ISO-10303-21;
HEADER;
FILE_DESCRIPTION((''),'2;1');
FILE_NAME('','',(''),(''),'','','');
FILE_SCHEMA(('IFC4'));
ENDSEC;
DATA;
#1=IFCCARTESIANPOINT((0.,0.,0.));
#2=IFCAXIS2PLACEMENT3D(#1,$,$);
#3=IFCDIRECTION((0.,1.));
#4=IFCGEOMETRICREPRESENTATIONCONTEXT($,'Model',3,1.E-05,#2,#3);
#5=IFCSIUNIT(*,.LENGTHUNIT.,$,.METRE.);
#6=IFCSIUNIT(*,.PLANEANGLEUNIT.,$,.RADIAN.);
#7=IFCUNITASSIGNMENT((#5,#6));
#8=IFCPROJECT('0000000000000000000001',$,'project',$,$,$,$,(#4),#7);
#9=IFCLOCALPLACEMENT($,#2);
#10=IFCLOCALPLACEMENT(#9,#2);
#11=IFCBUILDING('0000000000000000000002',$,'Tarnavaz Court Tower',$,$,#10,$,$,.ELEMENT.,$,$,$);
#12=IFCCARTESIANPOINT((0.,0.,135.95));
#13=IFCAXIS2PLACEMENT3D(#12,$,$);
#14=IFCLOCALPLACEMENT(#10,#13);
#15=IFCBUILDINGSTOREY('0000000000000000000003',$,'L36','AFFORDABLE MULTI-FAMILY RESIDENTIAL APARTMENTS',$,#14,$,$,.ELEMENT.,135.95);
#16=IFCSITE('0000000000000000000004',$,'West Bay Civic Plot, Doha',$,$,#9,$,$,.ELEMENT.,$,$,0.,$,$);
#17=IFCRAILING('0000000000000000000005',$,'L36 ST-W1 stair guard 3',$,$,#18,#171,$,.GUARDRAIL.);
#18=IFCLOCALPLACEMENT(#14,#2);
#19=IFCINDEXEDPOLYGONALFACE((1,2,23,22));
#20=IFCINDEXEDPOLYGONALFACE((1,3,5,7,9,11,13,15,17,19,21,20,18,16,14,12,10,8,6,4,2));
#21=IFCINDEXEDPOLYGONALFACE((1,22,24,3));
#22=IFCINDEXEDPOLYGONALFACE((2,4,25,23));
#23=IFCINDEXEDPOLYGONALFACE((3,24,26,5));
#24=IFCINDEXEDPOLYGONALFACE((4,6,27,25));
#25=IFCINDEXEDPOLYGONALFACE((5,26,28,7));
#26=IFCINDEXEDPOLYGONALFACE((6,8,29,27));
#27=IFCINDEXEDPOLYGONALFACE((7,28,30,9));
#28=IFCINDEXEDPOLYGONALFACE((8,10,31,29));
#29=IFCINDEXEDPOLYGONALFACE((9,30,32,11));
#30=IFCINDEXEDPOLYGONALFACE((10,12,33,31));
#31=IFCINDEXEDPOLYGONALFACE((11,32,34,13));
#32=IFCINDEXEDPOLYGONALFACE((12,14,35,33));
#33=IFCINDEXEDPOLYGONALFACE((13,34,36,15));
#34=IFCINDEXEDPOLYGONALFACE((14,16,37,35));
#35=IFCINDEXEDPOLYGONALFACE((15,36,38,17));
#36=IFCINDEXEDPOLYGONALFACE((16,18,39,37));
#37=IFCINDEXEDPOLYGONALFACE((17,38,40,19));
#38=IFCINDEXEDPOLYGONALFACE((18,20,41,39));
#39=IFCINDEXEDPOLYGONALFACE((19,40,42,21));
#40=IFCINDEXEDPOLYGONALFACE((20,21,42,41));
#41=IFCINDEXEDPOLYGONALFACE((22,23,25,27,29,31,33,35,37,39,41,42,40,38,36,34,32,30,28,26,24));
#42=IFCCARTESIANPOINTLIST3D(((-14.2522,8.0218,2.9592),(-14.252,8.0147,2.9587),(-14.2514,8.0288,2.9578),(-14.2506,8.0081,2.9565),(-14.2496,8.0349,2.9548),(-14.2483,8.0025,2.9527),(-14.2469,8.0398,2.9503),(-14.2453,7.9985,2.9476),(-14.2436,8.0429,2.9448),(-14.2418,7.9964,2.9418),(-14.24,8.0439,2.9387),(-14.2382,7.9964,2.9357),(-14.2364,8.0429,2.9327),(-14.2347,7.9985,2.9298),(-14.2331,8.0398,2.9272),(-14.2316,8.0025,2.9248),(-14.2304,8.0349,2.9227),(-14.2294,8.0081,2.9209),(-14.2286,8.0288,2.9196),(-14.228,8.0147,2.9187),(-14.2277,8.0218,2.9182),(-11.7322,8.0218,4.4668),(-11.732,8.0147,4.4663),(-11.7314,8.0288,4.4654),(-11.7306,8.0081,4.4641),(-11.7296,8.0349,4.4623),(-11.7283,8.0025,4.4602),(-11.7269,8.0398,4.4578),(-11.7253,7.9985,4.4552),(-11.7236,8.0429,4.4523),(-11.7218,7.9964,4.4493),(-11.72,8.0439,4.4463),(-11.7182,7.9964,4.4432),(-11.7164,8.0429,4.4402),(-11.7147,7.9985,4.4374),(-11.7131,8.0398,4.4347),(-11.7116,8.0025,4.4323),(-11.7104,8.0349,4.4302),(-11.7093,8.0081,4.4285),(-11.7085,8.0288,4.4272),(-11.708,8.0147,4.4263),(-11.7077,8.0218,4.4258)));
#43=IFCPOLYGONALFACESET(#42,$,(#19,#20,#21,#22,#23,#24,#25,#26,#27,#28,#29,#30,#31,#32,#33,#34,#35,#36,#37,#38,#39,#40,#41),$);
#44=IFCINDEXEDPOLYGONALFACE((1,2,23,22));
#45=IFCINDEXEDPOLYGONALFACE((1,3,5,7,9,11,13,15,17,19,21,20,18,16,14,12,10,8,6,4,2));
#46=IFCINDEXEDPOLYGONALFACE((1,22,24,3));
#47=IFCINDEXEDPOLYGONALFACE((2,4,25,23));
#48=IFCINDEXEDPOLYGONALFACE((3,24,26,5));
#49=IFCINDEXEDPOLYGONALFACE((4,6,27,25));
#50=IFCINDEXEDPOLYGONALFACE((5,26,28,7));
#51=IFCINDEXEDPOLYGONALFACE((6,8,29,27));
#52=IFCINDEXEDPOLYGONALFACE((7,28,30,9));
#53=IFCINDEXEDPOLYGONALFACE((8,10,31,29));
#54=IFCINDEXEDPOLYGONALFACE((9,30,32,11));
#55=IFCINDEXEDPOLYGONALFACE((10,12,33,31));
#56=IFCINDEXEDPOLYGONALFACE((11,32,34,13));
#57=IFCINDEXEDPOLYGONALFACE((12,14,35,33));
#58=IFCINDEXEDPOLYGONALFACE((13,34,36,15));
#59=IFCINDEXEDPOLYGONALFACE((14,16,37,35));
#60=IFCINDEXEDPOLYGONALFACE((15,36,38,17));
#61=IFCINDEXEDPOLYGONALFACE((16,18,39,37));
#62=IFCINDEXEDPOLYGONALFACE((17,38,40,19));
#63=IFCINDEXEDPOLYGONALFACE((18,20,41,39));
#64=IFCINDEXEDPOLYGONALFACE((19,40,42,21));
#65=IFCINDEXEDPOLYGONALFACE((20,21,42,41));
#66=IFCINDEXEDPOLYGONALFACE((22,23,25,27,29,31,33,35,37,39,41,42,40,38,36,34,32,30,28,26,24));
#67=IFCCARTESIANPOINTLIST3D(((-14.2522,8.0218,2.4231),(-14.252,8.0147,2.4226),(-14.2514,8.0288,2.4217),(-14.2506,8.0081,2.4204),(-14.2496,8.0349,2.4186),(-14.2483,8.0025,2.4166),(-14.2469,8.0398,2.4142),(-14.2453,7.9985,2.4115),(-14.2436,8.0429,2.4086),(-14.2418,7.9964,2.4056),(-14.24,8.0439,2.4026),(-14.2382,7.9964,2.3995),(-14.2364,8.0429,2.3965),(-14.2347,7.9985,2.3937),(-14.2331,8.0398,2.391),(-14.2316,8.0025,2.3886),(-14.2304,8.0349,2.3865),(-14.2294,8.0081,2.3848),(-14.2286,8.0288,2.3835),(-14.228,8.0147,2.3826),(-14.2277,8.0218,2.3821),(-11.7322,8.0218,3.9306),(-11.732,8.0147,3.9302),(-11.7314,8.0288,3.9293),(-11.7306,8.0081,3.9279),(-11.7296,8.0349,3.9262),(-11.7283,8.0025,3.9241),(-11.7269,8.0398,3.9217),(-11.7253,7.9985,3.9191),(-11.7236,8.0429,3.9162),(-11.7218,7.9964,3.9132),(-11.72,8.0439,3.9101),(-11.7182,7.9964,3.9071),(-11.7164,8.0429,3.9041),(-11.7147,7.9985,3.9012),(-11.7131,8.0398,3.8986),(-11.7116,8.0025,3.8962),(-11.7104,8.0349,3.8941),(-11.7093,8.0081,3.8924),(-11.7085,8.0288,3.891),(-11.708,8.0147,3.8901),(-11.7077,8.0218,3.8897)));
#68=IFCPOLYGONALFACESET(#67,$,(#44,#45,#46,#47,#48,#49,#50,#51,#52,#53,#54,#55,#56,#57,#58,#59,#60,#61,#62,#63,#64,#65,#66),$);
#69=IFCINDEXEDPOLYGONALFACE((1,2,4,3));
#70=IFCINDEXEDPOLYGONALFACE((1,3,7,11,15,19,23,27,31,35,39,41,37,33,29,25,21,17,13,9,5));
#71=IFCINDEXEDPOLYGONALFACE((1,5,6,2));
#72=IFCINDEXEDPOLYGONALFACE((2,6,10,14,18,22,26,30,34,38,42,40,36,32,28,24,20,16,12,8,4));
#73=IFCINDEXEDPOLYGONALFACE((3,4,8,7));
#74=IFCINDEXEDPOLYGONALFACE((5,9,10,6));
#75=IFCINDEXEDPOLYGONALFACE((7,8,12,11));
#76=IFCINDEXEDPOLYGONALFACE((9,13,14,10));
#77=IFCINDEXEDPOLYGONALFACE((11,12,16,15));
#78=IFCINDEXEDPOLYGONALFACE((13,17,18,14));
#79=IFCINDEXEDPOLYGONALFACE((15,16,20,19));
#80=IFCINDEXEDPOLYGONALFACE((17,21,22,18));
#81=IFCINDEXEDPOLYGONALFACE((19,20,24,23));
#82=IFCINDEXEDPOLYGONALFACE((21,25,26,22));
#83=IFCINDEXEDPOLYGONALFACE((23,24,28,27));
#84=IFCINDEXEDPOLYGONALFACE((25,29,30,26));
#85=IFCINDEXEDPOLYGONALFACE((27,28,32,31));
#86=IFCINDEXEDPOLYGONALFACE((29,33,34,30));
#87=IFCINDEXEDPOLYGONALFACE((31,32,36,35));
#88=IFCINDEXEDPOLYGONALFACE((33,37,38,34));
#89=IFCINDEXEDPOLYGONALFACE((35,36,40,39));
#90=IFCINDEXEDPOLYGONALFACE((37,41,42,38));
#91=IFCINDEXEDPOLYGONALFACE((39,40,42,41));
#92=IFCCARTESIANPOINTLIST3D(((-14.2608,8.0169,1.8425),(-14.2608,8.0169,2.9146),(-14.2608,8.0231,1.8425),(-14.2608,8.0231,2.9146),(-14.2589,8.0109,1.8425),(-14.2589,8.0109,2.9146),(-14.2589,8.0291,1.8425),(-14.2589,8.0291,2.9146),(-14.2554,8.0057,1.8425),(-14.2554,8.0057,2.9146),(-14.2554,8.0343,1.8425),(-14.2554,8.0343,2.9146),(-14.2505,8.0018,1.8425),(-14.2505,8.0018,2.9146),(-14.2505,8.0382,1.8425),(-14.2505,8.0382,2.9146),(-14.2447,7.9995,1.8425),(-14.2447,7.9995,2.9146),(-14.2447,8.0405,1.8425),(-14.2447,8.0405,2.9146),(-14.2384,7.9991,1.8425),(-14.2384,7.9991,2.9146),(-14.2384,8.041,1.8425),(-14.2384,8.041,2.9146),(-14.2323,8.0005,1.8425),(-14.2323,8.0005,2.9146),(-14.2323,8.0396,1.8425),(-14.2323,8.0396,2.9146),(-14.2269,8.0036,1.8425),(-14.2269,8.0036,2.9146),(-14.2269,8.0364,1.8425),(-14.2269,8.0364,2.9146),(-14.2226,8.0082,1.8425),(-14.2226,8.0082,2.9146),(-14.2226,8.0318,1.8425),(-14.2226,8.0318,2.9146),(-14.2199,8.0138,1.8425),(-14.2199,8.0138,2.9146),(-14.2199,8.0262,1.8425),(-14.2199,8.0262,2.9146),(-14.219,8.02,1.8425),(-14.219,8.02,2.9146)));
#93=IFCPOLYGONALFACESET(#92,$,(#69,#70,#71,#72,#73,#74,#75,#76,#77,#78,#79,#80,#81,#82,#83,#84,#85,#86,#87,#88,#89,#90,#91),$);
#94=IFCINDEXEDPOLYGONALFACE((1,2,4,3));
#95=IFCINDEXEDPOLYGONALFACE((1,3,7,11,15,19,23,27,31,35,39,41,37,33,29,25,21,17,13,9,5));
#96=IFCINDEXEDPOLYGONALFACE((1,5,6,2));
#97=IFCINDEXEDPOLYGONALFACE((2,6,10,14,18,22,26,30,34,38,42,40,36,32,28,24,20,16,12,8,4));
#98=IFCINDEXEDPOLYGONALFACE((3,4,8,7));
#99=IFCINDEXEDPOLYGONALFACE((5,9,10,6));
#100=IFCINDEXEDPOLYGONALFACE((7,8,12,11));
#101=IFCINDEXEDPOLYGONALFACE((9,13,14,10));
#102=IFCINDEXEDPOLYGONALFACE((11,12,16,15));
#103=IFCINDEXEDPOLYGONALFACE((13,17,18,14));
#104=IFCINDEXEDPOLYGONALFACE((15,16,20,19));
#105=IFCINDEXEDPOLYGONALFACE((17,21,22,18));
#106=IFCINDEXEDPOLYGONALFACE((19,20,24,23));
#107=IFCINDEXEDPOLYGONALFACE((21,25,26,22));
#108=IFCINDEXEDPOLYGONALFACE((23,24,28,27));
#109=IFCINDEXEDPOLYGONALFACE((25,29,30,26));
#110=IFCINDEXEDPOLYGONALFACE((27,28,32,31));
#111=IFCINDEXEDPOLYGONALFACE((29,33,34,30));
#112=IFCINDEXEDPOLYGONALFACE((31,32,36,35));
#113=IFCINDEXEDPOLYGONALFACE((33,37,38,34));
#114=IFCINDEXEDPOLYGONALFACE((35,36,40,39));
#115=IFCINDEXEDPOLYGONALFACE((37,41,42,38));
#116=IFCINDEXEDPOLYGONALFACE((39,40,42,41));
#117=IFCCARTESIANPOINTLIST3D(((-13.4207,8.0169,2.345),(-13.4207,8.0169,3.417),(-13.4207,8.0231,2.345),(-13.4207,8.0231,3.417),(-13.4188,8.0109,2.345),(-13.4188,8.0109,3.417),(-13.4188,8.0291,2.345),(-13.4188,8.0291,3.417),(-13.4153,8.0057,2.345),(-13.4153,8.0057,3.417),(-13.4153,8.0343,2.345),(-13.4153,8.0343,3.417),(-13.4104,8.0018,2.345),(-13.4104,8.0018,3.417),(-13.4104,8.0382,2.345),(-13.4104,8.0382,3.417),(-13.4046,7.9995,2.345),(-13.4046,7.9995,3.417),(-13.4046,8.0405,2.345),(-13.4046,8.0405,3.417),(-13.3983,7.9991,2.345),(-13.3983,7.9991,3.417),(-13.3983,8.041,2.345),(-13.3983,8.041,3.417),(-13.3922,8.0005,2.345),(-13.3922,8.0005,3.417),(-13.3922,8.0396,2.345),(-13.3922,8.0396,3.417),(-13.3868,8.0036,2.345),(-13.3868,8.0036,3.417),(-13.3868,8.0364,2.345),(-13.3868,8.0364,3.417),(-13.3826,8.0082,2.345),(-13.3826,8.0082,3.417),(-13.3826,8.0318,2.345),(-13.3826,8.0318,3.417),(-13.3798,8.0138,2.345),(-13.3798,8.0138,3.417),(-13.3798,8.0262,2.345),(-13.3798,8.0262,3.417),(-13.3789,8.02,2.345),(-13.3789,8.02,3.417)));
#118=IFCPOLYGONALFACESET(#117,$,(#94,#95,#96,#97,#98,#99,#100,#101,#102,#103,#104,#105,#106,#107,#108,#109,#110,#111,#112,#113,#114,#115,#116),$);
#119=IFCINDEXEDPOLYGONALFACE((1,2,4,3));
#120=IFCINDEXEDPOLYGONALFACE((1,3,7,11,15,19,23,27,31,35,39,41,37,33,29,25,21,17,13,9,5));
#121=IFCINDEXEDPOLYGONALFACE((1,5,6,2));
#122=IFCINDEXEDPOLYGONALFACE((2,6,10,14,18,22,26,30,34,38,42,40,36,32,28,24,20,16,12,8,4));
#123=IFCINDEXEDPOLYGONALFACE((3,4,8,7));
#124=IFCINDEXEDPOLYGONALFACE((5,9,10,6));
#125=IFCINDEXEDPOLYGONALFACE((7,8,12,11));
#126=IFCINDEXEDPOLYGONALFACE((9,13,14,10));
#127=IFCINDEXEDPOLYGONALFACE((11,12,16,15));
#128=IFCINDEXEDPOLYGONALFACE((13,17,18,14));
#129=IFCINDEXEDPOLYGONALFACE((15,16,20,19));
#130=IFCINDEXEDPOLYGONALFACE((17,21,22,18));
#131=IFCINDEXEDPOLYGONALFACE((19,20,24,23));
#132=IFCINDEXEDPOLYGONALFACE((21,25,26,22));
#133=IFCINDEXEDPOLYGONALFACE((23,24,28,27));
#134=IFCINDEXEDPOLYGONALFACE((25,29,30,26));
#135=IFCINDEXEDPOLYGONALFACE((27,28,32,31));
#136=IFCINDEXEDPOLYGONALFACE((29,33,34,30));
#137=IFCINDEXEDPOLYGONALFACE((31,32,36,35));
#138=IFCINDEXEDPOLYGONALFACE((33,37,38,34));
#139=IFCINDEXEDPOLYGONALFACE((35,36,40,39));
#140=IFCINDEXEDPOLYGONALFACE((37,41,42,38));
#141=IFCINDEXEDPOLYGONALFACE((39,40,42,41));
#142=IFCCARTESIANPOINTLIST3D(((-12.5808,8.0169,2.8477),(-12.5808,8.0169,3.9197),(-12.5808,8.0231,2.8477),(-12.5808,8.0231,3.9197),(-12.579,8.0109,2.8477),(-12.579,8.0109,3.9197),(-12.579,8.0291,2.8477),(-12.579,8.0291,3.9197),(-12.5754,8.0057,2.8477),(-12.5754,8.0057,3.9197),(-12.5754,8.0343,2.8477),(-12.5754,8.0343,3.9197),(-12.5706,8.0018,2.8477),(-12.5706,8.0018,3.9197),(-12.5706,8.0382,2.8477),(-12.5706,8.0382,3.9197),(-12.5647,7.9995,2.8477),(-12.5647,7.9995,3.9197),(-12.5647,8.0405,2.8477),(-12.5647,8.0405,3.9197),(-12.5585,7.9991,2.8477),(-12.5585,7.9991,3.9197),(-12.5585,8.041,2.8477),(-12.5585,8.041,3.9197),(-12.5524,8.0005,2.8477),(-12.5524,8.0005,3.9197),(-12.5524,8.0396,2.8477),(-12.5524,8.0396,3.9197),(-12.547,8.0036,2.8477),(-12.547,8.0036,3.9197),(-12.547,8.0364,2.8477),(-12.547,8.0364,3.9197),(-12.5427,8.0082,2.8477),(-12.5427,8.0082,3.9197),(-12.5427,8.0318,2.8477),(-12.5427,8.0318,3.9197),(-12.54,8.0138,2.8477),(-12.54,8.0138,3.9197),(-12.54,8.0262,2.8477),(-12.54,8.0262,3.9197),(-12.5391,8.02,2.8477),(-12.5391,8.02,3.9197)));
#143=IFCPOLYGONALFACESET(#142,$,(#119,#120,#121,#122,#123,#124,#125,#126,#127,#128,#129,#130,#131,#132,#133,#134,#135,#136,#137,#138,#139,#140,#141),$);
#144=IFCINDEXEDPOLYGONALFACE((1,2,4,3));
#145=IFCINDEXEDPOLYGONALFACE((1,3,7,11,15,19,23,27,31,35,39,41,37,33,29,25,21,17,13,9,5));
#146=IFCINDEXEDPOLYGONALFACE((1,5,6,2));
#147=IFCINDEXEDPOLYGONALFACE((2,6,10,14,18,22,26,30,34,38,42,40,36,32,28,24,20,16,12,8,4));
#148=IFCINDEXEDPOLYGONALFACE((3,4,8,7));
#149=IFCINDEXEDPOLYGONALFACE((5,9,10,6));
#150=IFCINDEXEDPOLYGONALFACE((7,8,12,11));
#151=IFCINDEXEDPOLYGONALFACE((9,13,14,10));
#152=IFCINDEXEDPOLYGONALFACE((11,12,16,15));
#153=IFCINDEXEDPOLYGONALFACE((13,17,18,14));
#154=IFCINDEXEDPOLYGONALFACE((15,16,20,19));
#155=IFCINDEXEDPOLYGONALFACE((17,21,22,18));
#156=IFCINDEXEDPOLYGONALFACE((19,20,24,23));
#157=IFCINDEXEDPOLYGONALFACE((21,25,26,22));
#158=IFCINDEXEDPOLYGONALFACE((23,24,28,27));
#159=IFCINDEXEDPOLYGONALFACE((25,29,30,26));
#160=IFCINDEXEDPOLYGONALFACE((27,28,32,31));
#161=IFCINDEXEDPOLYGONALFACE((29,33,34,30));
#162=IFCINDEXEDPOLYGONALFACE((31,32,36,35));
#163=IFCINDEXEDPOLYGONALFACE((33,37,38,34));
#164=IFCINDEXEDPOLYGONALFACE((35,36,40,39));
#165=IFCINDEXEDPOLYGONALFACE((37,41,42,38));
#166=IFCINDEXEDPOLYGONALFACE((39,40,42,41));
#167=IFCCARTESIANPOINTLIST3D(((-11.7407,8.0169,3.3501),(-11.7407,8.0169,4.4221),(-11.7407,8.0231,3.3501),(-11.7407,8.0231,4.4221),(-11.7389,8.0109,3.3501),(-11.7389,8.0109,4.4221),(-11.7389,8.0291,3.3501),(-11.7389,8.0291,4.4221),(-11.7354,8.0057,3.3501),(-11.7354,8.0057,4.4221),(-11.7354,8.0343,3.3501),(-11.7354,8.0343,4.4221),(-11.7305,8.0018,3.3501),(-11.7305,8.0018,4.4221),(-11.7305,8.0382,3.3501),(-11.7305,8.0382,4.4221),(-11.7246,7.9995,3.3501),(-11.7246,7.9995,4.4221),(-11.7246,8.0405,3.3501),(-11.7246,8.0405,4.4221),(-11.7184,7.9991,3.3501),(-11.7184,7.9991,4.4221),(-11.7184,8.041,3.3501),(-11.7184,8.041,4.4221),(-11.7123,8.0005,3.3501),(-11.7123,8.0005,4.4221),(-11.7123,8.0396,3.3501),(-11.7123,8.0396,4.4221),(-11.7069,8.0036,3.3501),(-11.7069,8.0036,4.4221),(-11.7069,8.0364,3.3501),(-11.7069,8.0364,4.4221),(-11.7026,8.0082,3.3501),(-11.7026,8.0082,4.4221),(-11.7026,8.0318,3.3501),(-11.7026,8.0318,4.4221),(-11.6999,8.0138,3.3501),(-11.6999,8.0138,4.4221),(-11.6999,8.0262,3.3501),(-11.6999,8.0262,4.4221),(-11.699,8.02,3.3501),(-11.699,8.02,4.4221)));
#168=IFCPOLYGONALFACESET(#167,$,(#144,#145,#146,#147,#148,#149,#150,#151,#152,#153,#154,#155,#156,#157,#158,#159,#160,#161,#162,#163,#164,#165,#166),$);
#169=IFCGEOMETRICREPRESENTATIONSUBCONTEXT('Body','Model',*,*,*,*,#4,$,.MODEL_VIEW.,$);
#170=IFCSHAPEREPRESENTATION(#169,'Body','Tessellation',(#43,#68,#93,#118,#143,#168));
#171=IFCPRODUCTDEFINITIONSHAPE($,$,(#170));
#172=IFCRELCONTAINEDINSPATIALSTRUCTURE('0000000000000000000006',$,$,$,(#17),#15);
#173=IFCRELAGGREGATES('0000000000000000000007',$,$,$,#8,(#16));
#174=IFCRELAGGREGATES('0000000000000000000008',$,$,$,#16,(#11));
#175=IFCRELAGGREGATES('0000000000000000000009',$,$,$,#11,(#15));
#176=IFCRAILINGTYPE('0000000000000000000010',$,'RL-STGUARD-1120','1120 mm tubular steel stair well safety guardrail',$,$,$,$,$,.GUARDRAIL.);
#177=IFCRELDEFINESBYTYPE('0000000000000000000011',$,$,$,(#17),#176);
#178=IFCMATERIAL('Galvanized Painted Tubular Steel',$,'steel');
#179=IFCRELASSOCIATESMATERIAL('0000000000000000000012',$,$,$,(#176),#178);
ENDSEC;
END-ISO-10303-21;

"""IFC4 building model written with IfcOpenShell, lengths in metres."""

from ifc_helpers import new_model, si_unit, direction, frame, origin, origin_2d, place, context, subcontext, project, spatial, circle, extrude, material, type_object, element, save


model = new_model("IFC4")

# Units and contexts
model_context = context("Model", 3, precision=1e-05, world=origin(), true_north=direction((0.0, 1.0)))
body_context = subcontext(model_context, "Body", "Model", "MODEL_VIEW")
ifc_project = project(units=[si_unit("LENGTHUNIT", "METRE"), si_unit("PLANEANGLEUNIT", "RADIAN")], contexts=[model_context])

# Site, building, storey
site_placement = place(None, origin())
site = spatial("IfcSite", under=ifc_project, at=site_placement, Name="West Bay Civic Plot, Doha", CompositionType="ELEMENT", RefElevation=0.0)
building_placement = place(site_placement, origin())
building = spatial("IfcBuilding", under=site, at=building_placement, Name="Tarnavaz Court Tower", CompositionType="ELEMENT")
storey_placement = place(building_placement, frame((0.0, 0.0, 135.95)))
storey = spatial("IfcBuildingStorey", under=building, at=storey_placement, Name="L36", Description="AFFORDABLE MULTI-FAMILY RESIDENTIAL APARTMENTS", CompositionType="ELEMENT", Elevation=135.95)

# Railing
ifc_material_1 = material(Name="Galvanized Painted Tubular Steel", Category="steel")
railing_type_1 = type_object("IfcRailingType", Name="RL-STGUARD-1120", Description="1120 mm tubular steel stair well safety guardrail", PredefinedType="GUARDRAIL", material=ifc_material_1)
railing_1_placement = place(storey_placement, frame((-14.24, 8.02, 1.8425)))
element("IfcRailing", 1, at=railing_1_placement, inside=storey, type_object=railing_type_1, Name="L36 ST-W1 stair guard 3", PredefinedType="GUARDRAIL", context=body_context, shape_type="SweptSolid", body=[
    extrude(circle(Radius=0.0239, at=origin_2d()), frame((0.0, 0.0, 1.0962), z_axis=(0.85816, 0.0, 0.513383), x_axis=(0.0, 1.0, 0.0)), (0.0, 0.0, 1.0), 2.9365),
    extrude(circle(Radius=0.0239, at=origin_2d()), frame((0.0, 0.0, 0.5601), z_axis=(0.85816, 0.0, 0.513383), x_axis=(0.0, 1.0, 0.0)), (0.0, 0.0, 1.0), 2.9365),
    extrude(circle(Radius=0.021, at=origin_2d()), origin(), (0.0, 0.0, 1.0), 1.072),
    extrude(circle(Radius=0.021, at=origin_2d()), frame((0.8401, 0.0, 0.5024)), (0.0, 0.0, 1.0), 1.072),
    extrude(circle(Radius=0.021, at=origin_2d()), frame((1.6799, 0.0, 1.0051)), (0.0, 0.0, 1.0), 1.072),
    extrude(circle(Radius=0.021, at=origin_2d()), frame((2.52, 0.0, 1.5076)), (0.0, 0.0, 1.0), 1.072),
])

save(model, "model.ifc")
